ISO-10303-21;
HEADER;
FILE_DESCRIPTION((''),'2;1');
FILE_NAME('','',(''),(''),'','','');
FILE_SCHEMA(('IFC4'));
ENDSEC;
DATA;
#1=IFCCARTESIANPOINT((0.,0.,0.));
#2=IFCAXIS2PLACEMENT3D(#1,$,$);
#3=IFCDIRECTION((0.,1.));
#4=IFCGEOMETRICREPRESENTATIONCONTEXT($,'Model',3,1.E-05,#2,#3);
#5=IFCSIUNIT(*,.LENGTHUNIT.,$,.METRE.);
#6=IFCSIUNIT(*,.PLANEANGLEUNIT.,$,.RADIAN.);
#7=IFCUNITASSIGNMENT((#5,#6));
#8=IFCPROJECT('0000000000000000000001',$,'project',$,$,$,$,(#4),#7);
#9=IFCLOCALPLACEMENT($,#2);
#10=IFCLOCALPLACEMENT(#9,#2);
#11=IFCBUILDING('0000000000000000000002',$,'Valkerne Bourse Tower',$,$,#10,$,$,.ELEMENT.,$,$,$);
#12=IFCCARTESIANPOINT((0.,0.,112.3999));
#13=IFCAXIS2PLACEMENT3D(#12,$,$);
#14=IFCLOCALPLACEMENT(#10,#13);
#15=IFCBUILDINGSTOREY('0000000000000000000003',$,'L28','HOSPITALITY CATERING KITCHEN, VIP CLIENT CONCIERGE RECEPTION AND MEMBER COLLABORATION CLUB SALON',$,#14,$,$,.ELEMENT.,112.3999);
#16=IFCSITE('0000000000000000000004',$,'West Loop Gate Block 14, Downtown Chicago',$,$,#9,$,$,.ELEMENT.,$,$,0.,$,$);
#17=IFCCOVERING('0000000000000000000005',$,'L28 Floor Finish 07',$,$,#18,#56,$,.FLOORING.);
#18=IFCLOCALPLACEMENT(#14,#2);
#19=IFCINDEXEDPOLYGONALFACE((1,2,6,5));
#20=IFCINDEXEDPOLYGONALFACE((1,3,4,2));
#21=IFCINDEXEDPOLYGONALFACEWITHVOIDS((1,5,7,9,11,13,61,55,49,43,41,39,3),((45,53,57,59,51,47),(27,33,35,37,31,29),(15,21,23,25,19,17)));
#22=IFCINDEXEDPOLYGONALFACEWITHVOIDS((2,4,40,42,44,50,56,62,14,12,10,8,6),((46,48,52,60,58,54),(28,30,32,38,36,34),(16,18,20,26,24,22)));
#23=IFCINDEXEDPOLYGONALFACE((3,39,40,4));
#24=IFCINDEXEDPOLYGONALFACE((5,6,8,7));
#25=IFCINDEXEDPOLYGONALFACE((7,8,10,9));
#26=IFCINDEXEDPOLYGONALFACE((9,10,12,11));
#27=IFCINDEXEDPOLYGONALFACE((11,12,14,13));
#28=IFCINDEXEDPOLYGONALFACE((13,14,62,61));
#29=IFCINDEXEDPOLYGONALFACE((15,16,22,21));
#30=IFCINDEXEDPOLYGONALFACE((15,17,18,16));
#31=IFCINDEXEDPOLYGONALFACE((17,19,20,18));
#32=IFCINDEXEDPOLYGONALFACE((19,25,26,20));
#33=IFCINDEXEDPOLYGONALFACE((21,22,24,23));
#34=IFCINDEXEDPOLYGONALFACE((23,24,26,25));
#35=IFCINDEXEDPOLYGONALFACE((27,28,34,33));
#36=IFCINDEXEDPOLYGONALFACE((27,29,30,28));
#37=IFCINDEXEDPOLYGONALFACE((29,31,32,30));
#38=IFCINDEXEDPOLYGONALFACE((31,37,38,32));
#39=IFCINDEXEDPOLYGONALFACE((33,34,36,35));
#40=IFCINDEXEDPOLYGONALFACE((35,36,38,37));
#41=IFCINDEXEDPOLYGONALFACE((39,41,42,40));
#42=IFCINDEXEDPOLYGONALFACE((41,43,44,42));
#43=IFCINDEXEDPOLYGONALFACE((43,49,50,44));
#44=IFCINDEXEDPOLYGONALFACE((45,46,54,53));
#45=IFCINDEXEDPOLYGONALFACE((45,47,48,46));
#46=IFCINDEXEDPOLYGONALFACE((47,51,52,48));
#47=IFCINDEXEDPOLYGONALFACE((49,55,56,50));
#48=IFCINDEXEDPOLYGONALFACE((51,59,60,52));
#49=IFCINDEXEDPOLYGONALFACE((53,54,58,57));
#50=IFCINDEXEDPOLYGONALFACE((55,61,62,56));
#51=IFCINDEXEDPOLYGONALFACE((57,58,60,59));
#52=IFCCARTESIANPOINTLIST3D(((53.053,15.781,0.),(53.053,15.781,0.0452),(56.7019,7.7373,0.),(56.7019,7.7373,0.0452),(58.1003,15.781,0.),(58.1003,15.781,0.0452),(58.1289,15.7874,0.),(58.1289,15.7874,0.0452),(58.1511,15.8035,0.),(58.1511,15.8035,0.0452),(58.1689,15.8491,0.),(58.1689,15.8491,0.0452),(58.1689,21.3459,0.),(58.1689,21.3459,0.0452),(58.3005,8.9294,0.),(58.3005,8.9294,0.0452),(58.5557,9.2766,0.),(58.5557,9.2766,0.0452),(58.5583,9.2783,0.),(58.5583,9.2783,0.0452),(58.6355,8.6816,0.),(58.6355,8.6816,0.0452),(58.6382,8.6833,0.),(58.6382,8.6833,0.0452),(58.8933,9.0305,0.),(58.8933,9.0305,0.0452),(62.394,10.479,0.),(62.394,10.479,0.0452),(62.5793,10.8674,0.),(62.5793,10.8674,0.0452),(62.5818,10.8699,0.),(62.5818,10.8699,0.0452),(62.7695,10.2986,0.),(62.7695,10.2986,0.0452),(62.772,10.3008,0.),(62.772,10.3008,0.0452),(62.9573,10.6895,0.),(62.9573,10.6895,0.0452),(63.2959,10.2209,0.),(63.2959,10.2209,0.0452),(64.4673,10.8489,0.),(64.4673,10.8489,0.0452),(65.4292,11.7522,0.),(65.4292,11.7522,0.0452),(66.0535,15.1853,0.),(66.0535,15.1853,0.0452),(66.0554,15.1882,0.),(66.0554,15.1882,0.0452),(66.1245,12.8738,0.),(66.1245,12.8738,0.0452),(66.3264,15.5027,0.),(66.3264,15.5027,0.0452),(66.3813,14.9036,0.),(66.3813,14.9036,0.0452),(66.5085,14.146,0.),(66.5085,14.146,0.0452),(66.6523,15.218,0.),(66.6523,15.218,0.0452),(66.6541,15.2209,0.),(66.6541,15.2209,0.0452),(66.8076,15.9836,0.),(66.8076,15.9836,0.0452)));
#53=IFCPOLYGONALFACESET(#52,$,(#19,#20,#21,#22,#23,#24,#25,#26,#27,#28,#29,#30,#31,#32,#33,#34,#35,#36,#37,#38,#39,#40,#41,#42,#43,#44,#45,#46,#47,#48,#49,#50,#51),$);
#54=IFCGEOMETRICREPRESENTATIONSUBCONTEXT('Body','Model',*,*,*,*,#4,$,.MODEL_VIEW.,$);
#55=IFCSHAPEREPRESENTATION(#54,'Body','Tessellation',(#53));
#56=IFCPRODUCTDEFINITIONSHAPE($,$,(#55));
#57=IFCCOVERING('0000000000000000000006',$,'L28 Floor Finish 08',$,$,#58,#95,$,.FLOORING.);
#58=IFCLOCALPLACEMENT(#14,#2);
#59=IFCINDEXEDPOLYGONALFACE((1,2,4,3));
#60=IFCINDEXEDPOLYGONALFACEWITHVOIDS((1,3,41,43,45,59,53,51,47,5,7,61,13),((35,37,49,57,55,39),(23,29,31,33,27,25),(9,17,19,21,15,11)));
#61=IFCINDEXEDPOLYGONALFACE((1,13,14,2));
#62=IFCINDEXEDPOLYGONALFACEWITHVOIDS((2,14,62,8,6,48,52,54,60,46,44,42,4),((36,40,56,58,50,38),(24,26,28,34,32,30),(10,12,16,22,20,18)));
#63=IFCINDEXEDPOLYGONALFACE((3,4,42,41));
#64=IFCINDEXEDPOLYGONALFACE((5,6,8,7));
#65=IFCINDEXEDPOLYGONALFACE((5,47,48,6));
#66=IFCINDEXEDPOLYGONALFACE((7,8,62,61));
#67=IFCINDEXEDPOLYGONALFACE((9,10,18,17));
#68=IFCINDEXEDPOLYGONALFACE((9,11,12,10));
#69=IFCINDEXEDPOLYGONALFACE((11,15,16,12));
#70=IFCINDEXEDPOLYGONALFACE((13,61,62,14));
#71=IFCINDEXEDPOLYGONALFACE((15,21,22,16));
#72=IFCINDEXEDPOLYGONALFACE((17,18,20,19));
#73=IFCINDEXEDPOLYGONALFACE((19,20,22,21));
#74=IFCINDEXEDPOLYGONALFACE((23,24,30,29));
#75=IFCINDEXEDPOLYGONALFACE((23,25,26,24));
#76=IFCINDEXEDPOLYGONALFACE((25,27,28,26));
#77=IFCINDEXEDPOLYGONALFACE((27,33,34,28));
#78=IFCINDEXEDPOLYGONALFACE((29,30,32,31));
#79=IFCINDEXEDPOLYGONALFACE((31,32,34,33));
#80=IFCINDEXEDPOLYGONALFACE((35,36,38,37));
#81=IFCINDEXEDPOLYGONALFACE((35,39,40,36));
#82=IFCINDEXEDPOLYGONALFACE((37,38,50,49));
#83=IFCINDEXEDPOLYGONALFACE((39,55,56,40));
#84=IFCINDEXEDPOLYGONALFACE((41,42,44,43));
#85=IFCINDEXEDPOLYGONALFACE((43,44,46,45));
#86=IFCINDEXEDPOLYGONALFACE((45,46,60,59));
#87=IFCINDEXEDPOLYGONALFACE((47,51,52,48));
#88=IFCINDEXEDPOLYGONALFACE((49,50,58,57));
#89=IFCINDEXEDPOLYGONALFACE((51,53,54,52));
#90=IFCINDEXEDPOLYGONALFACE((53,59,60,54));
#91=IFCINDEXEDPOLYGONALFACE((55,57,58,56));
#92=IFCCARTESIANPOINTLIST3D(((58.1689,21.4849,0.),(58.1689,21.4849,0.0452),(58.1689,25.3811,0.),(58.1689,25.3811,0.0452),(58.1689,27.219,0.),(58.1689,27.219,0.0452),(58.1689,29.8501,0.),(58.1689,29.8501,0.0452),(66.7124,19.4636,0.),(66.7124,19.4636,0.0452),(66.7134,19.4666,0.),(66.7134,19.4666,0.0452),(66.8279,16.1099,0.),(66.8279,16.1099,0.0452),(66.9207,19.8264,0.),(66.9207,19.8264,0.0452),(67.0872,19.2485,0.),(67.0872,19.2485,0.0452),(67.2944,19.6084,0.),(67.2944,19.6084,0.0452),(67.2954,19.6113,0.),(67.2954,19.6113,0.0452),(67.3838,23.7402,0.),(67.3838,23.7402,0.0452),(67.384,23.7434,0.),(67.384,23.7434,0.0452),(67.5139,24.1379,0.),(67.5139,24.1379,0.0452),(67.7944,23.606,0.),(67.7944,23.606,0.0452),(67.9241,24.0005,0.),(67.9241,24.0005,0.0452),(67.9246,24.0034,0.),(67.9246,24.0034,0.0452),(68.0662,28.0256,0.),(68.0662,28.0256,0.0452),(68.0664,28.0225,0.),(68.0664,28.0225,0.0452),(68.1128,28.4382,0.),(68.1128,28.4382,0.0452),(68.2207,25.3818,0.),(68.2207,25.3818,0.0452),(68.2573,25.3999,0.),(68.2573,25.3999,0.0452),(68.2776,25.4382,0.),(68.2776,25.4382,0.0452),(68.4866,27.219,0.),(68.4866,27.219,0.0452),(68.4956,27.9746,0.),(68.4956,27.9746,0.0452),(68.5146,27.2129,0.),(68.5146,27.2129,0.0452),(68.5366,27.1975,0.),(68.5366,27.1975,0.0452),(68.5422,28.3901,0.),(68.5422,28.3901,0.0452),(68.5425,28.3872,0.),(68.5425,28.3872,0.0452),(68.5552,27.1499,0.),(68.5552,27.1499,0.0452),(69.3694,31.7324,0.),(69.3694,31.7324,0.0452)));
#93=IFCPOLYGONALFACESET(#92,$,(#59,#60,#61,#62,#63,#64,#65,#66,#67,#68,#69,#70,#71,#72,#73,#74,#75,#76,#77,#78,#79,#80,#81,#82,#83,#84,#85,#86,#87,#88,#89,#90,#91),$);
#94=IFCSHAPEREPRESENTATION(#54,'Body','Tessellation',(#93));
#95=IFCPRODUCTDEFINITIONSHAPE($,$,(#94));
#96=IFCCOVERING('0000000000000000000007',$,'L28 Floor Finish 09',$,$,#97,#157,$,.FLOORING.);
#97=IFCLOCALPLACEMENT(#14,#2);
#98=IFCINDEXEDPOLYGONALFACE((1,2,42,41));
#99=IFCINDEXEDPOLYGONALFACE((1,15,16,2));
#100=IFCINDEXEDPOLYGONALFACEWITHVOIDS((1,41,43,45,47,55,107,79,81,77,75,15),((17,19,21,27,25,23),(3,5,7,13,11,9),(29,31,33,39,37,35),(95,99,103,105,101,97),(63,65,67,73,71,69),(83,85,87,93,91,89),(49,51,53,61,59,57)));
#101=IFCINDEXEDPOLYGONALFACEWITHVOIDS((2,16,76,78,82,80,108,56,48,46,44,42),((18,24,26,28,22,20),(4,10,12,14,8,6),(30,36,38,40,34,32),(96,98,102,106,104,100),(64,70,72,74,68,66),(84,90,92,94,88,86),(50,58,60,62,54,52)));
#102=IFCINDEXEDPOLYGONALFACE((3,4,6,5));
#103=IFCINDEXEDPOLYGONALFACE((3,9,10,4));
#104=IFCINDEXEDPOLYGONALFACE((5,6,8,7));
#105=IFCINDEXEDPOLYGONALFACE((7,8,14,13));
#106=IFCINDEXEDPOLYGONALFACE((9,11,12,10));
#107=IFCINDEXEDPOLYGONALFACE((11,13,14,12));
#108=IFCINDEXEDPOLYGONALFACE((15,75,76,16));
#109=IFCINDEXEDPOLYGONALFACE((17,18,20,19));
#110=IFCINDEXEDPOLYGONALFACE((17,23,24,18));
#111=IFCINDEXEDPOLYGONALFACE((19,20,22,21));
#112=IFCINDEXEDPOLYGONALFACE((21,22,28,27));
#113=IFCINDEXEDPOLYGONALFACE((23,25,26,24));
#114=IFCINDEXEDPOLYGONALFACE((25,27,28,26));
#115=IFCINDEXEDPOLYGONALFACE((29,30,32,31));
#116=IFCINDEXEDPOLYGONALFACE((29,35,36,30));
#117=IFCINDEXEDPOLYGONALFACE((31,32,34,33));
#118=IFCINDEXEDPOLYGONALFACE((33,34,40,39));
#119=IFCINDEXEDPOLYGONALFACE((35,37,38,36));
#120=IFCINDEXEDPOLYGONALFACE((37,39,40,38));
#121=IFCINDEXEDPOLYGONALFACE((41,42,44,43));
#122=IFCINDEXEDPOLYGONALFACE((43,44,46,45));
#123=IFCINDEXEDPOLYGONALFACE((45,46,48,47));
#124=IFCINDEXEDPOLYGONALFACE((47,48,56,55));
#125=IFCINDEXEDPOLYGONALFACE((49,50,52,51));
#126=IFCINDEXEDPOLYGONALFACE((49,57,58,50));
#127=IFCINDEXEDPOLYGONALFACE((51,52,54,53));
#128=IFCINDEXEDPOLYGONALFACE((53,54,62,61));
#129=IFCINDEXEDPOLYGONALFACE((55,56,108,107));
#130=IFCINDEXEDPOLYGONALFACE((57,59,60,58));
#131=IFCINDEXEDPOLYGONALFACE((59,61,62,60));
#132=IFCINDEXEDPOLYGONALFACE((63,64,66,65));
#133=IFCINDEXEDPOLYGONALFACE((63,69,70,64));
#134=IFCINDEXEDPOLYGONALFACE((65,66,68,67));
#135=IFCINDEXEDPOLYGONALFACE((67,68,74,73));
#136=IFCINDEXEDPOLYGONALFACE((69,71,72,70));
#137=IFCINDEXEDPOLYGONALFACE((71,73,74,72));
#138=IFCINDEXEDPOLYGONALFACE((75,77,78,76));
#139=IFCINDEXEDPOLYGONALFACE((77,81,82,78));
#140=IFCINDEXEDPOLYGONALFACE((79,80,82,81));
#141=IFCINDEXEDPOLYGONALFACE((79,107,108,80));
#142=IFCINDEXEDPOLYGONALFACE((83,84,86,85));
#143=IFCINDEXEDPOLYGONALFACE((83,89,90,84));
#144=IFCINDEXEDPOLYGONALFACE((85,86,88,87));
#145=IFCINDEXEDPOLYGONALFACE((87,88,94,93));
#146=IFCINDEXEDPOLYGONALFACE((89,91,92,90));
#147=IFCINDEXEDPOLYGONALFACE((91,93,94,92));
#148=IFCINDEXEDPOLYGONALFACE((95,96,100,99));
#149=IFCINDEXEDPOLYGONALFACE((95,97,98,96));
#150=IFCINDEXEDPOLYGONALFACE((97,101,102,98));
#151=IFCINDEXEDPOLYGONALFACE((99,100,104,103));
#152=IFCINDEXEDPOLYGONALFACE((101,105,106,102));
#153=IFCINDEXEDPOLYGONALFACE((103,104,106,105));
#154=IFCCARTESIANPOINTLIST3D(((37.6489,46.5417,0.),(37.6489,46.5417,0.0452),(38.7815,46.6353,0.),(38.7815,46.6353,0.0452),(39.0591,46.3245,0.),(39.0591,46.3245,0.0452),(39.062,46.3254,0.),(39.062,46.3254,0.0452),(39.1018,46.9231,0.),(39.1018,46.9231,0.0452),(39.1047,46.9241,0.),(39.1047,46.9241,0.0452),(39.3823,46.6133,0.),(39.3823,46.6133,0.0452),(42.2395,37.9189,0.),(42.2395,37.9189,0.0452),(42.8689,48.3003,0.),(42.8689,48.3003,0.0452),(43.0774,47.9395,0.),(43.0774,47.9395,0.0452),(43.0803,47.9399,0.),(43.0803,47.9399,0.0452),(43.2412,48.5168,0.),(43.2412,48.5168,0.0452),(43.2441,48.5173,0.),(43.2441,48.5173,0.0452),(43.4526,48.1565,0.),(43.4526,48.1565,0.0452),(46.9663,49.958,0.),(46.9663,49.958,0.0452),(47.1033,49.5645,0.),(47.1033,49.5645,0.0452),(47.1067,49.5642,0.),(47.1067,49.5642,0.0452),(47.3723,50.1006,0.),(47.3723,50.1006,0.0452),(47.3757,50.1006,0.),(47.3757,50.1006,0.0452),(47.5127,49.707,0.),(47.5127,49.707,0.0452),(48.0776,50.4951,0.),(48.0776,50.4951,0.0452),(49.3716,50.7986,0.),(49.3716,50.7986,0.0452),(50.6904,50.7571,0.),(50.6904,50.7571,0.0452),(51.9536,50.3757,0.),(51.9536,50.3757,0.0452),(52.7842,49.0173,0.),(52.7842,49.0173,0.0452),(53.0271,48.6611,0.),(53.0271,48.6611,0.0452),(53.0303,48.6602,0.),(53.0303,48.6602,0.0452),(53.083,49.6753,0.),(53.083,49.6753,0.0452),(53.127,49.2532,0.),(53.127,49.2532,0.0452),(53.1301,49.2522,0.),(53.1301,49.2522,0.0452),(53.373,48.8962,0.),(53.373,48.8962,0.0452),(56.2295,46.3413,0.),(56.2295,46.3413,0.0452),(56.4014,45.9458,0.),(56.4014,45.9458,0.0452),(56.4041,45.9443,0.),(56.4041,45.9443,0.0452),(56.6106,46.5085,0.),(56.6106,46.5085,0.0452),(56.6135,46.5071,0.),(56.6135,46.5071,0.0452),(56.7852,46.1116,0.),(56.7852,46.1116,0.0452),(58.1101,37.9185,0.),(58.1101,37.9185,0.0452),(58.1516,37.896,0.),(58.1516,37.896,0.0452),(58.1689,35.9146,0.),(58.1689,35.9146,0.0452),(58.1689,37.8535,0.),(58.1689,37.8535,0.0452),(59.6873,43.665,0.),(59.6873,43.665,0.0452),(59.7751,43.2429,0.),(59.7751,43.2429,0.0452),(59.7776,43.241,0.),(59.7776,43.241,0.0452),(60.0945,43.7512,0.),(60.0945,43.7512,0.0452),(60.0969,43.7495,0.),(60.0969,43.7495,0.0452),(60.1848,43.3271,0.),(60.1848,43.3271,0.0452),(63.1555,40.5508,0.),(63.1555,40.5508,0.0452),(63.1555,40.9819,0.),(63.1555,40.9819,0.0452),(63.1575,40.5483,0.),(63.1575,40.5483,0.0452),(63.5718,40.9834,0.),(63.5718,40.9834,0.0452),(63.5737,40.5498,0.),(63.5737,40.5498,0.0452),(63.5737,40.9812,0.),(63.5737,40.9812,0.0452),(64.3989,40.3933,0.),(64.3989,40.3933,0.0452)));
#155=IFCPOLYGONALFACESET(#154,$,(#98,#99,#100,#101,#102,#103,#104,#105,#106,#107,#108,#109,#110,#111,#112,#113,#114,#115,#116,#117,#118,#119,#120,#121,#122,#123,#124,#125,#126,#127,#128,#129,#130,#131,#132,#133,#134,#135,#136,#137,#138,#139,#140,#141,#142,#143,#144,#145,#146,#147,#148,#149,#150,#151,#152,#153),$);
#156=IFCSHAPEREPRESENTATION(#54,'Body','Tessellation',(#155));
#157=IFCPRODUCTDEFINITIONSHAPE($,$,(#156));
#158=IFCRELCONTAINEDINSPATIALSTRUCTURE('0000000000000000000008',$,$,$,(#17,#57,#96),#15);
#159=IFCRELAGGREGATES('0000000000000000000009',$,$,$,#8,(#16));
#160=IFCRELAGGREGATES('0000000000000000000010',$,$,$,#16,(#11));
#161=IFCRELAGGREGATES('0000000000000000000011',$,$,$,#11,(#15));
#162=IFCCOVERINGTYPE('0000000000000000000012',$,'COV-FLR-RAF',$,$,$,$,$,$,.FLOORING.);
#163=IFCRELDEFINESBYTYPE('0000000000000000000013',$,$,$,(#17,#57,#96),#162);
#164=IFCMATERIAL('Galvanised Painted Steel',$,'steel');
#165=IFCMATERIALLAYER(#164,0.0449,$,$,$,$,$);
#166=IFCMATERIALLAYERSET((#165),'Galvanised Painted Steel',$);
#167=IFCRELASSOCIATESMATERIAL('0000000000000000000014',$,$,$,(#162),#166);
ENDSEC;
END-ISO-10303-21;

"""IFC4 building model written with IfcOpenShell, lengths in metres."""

from ifc_helpers import new_model, si_unit, direction, frame, origin, place, context, subcontext, project, spatial, polyline, outline, extrude, material, layer, layer_set, type_object, element, save


model = new_model("IFC4")

# Units and contexts
model_context = context("Model", 3, precision=1e-05, world=origin(), true_north=direction((0.0, 1.0)))
body_context = subcontext(model_context, "Body", "Model", "MODEL_VIEW")
ifc_project = project(units=[si_unit("LENGTHUNIT", "METRE"), si_unit("PLANEANGLEUNIT", "RADIAN")], contexts=[model_context])

# Site, building, storey
site_placement = place(None, origin())
site = spatial("IfcSite", under=ifc_project, at=site_placement, Name="West Loop Gate Block 14, Downtown Chicago", CompositionType="ELEMENT", RefElevation=0.0)
building_placement = place(site_placement, origin())
building = spatial("IfcBuilding", under=site, at=building_placement, Name="Valkerne Bourse Tower", CompositionType="ELEMENT")
storey_placement = place(building_placement, frame((0.0, 0.0, 112.3999)))
storey = spatial("IfcBuildingStorey", under=building, at=storey_placement, Name="L28", Description="HOSPITALITY CATERING KITCHEN, VIP CLIENT CONCIERGE RECEPTION AND MEMBER COLLABORATION CLUB SALON", CompositionType="ELEMENT", Elevation=112.3999)

# Coverings
ifc_material_1 = material(Name="Galvanised Painted Steel", Category="steel")
ifc_layer_1 = layer(ifc_material_1, 0.0449)
ifc_layer_set_1 = layer_set([ifc_layer_1], Name="Galvanised Painted Steel")
covering_type_1 = type_object("IfcCoveringType", Name="COV-FLR-RAF", PredefinedType="FLOORING", material=ifc_layer_set_1)
covering_1_placement = place(storey_placement, origin())
element("IfcCovering", 1, at=covering_1_placement, inside=storey, type_object=covering_type_1, Name="L28 Floor Finish 07", PredefinedType="FLOORING", context=body_context, shape_type="SweptSolid", body=[
    extrude(outline(polyline([(64.4673, 10.8489), (63.2959, 10.2209), (56.7019, 7.7373), (53.053, 15.781), (58.1003, 15.781), (58.1289, 15.7874), (58.1511, 15.8035), (58.1689, 15.8491), (58.1689, 21.3459), (66.8076, 15.9836), (66.5085, 14.146), (66.1245, 12.8738), (65.4292, 11.7522), (64.4673, 10.8489)]), holes=[polyline([(58.6382, 8.6833), (58.8933, 9.0305), (58.5583, 9.2783), (58.5557, 9.2766), (58.3005, 8.9294), (58.6355, 8.6816), (58.6382, 8.6833)]), polyline([(62.772, 10.3008), (62.9573, 10.6895), (62.5818, 10.8699), (62.5793, 10.8674), (62.394, 10.479), (62.7695, 10.2986), (62.772, 10.3008)]), polyline([(66.6541, 15.2209), (66.3264, 15.5027), (66.0554, 15.1882), (66.0535, 15.1853), (66.3813, 14.9036), (66.6523, 15.218), (66.6541, 15.2209)])]), origin(), (0.0, 0.0, 1.0), 0.0452),
])
covering_2_placement = place(storey_placement, origin())
element("IfcCovering", 2, at=covering_2_placement, inside=storey, type_object=covering_type_1, Name="L28 Floor Finish 08", PredefinedType="FLOORING", context=body_context, shape_type="SweptSolid", body=[
    extrude(outline(polyline([(58.1689, 25.3811), (68.2207, 25.3818), (68.2573, 25.3999), (68.2776, 25.4382), (68.5552, 27.1499), (68.5366, 27.1975), (68.5146, 27.2129), (68.4866, 27.219), (58.1689, 27.219), (58.1689, 29.8501), (69.3694, 31.7324), (66.8279, 16.1099), (58.1689, 21.4849), (58.1689, 25.3811)]), holes=[polyline([(67.2954, 19.6113), (66.9207, 19.8264), (66.7134, 19.4666), (66.7124, 19.4636), (67.0872, 19.2485), (67.2944, 19.6084), (67.2954, 19.6113)]), polyline([(67.9246, 24.0034), (67.5139, 24.1379), (67.384, 23.7434), (67.3838, 23.7402), (67.7944, 23.606), (67.9241, 24.0005), (67.9246, 24.0034)]), polyline([(68.5425, 28.3872), (68.5422, 28.3901), (68.1128, 28.4382), (68.0662, 28.0256), (68.0664, 28.0225), (68.4956, 27.9746), (68.5425, 28.3872)])]), origin(), (0.0, 0.0, 1.0), 0.0452),
])
covering_3_placement = place(storey_placement, origin())
element("IfcCovering", 3, at=covering_3_placement, inside=storey, type_object=covering_type_1, Name="L28 Floor Finish 09", PredefinedType="FLOORING", context=body_context, shape_type="SweptSolid", body=[
    extrude(outline(polyline([(50.6904, 50.7571), (51.9536, 50.3757), (53.083, 49.6753), (64.3989, 40.3933), (58.1689, 35.9146), (58.1689, 37.8535), (58.1516, 37.896), (58.1101, 37.9185), (42.2395, 37.9189), (37.6489, 46.5417), (48.0776, 50.4951), (49.3716, 50.7986), (50.6904, 50.7571)]), holes=[polyline([(39.062, 46.3254), (39.3823, 46.6133), (39.1047, 46.9241), (39.1018, 46.9231), (38.7815, 46.6353), (39.0591, 46.3245), (39.062, 46.3254)]), polyline([(43.4526, 48.1565), (43.2441, 48.5173), (43.2412, 48.5168), (42.8689, 48.3003), (43.0774, 47.9395), (43.0803, 47.9399), (43.4526, 48.1565)]), polyline([(53.1301, 49.2522), (53.127, 49.2532), (52.7842, 49.0173), (53.0271, 48.6611), (53.0303, 48.6602), (53.373, 48.8962), (53.1301, 49.2522)]), polyline([(47.3757, 50.1006), (47.3723, 50.1006), (46.9663, 49.958), (47.1033, 49.5645), (47.1067, 49.5642), (47.5127, 49.707), (47.3757, 50.1006)]), polyline([(63.5737, 40.5498), (63.5737, 40.9812), (63.5718, 40.9834), (63.1555, 40.9819), (63.1555, 40.5508), (63.1575, 40.5483), (63.5737, 40.5498)]), polyline([(60.0969, 43.7495), (60.0945, 43.7512), (59.6873, 43.665), (59.7751, 43.2429), (59.7776, 43.241), (60.1848, 43.3271), (60.0969, 43.7495)]), polyline([(56.7852, 46.1116), (56.6135, 46.5071), (56.6106, 46.5085), (56.2295, 46.3413), (56.4014, 45.9458), (56.4041, 45.9443), (56.7852, 46.1116)])]), origin(), (0.0, 0.0, 1.0), 0.0452),
])

save(model, "model.ifc")
